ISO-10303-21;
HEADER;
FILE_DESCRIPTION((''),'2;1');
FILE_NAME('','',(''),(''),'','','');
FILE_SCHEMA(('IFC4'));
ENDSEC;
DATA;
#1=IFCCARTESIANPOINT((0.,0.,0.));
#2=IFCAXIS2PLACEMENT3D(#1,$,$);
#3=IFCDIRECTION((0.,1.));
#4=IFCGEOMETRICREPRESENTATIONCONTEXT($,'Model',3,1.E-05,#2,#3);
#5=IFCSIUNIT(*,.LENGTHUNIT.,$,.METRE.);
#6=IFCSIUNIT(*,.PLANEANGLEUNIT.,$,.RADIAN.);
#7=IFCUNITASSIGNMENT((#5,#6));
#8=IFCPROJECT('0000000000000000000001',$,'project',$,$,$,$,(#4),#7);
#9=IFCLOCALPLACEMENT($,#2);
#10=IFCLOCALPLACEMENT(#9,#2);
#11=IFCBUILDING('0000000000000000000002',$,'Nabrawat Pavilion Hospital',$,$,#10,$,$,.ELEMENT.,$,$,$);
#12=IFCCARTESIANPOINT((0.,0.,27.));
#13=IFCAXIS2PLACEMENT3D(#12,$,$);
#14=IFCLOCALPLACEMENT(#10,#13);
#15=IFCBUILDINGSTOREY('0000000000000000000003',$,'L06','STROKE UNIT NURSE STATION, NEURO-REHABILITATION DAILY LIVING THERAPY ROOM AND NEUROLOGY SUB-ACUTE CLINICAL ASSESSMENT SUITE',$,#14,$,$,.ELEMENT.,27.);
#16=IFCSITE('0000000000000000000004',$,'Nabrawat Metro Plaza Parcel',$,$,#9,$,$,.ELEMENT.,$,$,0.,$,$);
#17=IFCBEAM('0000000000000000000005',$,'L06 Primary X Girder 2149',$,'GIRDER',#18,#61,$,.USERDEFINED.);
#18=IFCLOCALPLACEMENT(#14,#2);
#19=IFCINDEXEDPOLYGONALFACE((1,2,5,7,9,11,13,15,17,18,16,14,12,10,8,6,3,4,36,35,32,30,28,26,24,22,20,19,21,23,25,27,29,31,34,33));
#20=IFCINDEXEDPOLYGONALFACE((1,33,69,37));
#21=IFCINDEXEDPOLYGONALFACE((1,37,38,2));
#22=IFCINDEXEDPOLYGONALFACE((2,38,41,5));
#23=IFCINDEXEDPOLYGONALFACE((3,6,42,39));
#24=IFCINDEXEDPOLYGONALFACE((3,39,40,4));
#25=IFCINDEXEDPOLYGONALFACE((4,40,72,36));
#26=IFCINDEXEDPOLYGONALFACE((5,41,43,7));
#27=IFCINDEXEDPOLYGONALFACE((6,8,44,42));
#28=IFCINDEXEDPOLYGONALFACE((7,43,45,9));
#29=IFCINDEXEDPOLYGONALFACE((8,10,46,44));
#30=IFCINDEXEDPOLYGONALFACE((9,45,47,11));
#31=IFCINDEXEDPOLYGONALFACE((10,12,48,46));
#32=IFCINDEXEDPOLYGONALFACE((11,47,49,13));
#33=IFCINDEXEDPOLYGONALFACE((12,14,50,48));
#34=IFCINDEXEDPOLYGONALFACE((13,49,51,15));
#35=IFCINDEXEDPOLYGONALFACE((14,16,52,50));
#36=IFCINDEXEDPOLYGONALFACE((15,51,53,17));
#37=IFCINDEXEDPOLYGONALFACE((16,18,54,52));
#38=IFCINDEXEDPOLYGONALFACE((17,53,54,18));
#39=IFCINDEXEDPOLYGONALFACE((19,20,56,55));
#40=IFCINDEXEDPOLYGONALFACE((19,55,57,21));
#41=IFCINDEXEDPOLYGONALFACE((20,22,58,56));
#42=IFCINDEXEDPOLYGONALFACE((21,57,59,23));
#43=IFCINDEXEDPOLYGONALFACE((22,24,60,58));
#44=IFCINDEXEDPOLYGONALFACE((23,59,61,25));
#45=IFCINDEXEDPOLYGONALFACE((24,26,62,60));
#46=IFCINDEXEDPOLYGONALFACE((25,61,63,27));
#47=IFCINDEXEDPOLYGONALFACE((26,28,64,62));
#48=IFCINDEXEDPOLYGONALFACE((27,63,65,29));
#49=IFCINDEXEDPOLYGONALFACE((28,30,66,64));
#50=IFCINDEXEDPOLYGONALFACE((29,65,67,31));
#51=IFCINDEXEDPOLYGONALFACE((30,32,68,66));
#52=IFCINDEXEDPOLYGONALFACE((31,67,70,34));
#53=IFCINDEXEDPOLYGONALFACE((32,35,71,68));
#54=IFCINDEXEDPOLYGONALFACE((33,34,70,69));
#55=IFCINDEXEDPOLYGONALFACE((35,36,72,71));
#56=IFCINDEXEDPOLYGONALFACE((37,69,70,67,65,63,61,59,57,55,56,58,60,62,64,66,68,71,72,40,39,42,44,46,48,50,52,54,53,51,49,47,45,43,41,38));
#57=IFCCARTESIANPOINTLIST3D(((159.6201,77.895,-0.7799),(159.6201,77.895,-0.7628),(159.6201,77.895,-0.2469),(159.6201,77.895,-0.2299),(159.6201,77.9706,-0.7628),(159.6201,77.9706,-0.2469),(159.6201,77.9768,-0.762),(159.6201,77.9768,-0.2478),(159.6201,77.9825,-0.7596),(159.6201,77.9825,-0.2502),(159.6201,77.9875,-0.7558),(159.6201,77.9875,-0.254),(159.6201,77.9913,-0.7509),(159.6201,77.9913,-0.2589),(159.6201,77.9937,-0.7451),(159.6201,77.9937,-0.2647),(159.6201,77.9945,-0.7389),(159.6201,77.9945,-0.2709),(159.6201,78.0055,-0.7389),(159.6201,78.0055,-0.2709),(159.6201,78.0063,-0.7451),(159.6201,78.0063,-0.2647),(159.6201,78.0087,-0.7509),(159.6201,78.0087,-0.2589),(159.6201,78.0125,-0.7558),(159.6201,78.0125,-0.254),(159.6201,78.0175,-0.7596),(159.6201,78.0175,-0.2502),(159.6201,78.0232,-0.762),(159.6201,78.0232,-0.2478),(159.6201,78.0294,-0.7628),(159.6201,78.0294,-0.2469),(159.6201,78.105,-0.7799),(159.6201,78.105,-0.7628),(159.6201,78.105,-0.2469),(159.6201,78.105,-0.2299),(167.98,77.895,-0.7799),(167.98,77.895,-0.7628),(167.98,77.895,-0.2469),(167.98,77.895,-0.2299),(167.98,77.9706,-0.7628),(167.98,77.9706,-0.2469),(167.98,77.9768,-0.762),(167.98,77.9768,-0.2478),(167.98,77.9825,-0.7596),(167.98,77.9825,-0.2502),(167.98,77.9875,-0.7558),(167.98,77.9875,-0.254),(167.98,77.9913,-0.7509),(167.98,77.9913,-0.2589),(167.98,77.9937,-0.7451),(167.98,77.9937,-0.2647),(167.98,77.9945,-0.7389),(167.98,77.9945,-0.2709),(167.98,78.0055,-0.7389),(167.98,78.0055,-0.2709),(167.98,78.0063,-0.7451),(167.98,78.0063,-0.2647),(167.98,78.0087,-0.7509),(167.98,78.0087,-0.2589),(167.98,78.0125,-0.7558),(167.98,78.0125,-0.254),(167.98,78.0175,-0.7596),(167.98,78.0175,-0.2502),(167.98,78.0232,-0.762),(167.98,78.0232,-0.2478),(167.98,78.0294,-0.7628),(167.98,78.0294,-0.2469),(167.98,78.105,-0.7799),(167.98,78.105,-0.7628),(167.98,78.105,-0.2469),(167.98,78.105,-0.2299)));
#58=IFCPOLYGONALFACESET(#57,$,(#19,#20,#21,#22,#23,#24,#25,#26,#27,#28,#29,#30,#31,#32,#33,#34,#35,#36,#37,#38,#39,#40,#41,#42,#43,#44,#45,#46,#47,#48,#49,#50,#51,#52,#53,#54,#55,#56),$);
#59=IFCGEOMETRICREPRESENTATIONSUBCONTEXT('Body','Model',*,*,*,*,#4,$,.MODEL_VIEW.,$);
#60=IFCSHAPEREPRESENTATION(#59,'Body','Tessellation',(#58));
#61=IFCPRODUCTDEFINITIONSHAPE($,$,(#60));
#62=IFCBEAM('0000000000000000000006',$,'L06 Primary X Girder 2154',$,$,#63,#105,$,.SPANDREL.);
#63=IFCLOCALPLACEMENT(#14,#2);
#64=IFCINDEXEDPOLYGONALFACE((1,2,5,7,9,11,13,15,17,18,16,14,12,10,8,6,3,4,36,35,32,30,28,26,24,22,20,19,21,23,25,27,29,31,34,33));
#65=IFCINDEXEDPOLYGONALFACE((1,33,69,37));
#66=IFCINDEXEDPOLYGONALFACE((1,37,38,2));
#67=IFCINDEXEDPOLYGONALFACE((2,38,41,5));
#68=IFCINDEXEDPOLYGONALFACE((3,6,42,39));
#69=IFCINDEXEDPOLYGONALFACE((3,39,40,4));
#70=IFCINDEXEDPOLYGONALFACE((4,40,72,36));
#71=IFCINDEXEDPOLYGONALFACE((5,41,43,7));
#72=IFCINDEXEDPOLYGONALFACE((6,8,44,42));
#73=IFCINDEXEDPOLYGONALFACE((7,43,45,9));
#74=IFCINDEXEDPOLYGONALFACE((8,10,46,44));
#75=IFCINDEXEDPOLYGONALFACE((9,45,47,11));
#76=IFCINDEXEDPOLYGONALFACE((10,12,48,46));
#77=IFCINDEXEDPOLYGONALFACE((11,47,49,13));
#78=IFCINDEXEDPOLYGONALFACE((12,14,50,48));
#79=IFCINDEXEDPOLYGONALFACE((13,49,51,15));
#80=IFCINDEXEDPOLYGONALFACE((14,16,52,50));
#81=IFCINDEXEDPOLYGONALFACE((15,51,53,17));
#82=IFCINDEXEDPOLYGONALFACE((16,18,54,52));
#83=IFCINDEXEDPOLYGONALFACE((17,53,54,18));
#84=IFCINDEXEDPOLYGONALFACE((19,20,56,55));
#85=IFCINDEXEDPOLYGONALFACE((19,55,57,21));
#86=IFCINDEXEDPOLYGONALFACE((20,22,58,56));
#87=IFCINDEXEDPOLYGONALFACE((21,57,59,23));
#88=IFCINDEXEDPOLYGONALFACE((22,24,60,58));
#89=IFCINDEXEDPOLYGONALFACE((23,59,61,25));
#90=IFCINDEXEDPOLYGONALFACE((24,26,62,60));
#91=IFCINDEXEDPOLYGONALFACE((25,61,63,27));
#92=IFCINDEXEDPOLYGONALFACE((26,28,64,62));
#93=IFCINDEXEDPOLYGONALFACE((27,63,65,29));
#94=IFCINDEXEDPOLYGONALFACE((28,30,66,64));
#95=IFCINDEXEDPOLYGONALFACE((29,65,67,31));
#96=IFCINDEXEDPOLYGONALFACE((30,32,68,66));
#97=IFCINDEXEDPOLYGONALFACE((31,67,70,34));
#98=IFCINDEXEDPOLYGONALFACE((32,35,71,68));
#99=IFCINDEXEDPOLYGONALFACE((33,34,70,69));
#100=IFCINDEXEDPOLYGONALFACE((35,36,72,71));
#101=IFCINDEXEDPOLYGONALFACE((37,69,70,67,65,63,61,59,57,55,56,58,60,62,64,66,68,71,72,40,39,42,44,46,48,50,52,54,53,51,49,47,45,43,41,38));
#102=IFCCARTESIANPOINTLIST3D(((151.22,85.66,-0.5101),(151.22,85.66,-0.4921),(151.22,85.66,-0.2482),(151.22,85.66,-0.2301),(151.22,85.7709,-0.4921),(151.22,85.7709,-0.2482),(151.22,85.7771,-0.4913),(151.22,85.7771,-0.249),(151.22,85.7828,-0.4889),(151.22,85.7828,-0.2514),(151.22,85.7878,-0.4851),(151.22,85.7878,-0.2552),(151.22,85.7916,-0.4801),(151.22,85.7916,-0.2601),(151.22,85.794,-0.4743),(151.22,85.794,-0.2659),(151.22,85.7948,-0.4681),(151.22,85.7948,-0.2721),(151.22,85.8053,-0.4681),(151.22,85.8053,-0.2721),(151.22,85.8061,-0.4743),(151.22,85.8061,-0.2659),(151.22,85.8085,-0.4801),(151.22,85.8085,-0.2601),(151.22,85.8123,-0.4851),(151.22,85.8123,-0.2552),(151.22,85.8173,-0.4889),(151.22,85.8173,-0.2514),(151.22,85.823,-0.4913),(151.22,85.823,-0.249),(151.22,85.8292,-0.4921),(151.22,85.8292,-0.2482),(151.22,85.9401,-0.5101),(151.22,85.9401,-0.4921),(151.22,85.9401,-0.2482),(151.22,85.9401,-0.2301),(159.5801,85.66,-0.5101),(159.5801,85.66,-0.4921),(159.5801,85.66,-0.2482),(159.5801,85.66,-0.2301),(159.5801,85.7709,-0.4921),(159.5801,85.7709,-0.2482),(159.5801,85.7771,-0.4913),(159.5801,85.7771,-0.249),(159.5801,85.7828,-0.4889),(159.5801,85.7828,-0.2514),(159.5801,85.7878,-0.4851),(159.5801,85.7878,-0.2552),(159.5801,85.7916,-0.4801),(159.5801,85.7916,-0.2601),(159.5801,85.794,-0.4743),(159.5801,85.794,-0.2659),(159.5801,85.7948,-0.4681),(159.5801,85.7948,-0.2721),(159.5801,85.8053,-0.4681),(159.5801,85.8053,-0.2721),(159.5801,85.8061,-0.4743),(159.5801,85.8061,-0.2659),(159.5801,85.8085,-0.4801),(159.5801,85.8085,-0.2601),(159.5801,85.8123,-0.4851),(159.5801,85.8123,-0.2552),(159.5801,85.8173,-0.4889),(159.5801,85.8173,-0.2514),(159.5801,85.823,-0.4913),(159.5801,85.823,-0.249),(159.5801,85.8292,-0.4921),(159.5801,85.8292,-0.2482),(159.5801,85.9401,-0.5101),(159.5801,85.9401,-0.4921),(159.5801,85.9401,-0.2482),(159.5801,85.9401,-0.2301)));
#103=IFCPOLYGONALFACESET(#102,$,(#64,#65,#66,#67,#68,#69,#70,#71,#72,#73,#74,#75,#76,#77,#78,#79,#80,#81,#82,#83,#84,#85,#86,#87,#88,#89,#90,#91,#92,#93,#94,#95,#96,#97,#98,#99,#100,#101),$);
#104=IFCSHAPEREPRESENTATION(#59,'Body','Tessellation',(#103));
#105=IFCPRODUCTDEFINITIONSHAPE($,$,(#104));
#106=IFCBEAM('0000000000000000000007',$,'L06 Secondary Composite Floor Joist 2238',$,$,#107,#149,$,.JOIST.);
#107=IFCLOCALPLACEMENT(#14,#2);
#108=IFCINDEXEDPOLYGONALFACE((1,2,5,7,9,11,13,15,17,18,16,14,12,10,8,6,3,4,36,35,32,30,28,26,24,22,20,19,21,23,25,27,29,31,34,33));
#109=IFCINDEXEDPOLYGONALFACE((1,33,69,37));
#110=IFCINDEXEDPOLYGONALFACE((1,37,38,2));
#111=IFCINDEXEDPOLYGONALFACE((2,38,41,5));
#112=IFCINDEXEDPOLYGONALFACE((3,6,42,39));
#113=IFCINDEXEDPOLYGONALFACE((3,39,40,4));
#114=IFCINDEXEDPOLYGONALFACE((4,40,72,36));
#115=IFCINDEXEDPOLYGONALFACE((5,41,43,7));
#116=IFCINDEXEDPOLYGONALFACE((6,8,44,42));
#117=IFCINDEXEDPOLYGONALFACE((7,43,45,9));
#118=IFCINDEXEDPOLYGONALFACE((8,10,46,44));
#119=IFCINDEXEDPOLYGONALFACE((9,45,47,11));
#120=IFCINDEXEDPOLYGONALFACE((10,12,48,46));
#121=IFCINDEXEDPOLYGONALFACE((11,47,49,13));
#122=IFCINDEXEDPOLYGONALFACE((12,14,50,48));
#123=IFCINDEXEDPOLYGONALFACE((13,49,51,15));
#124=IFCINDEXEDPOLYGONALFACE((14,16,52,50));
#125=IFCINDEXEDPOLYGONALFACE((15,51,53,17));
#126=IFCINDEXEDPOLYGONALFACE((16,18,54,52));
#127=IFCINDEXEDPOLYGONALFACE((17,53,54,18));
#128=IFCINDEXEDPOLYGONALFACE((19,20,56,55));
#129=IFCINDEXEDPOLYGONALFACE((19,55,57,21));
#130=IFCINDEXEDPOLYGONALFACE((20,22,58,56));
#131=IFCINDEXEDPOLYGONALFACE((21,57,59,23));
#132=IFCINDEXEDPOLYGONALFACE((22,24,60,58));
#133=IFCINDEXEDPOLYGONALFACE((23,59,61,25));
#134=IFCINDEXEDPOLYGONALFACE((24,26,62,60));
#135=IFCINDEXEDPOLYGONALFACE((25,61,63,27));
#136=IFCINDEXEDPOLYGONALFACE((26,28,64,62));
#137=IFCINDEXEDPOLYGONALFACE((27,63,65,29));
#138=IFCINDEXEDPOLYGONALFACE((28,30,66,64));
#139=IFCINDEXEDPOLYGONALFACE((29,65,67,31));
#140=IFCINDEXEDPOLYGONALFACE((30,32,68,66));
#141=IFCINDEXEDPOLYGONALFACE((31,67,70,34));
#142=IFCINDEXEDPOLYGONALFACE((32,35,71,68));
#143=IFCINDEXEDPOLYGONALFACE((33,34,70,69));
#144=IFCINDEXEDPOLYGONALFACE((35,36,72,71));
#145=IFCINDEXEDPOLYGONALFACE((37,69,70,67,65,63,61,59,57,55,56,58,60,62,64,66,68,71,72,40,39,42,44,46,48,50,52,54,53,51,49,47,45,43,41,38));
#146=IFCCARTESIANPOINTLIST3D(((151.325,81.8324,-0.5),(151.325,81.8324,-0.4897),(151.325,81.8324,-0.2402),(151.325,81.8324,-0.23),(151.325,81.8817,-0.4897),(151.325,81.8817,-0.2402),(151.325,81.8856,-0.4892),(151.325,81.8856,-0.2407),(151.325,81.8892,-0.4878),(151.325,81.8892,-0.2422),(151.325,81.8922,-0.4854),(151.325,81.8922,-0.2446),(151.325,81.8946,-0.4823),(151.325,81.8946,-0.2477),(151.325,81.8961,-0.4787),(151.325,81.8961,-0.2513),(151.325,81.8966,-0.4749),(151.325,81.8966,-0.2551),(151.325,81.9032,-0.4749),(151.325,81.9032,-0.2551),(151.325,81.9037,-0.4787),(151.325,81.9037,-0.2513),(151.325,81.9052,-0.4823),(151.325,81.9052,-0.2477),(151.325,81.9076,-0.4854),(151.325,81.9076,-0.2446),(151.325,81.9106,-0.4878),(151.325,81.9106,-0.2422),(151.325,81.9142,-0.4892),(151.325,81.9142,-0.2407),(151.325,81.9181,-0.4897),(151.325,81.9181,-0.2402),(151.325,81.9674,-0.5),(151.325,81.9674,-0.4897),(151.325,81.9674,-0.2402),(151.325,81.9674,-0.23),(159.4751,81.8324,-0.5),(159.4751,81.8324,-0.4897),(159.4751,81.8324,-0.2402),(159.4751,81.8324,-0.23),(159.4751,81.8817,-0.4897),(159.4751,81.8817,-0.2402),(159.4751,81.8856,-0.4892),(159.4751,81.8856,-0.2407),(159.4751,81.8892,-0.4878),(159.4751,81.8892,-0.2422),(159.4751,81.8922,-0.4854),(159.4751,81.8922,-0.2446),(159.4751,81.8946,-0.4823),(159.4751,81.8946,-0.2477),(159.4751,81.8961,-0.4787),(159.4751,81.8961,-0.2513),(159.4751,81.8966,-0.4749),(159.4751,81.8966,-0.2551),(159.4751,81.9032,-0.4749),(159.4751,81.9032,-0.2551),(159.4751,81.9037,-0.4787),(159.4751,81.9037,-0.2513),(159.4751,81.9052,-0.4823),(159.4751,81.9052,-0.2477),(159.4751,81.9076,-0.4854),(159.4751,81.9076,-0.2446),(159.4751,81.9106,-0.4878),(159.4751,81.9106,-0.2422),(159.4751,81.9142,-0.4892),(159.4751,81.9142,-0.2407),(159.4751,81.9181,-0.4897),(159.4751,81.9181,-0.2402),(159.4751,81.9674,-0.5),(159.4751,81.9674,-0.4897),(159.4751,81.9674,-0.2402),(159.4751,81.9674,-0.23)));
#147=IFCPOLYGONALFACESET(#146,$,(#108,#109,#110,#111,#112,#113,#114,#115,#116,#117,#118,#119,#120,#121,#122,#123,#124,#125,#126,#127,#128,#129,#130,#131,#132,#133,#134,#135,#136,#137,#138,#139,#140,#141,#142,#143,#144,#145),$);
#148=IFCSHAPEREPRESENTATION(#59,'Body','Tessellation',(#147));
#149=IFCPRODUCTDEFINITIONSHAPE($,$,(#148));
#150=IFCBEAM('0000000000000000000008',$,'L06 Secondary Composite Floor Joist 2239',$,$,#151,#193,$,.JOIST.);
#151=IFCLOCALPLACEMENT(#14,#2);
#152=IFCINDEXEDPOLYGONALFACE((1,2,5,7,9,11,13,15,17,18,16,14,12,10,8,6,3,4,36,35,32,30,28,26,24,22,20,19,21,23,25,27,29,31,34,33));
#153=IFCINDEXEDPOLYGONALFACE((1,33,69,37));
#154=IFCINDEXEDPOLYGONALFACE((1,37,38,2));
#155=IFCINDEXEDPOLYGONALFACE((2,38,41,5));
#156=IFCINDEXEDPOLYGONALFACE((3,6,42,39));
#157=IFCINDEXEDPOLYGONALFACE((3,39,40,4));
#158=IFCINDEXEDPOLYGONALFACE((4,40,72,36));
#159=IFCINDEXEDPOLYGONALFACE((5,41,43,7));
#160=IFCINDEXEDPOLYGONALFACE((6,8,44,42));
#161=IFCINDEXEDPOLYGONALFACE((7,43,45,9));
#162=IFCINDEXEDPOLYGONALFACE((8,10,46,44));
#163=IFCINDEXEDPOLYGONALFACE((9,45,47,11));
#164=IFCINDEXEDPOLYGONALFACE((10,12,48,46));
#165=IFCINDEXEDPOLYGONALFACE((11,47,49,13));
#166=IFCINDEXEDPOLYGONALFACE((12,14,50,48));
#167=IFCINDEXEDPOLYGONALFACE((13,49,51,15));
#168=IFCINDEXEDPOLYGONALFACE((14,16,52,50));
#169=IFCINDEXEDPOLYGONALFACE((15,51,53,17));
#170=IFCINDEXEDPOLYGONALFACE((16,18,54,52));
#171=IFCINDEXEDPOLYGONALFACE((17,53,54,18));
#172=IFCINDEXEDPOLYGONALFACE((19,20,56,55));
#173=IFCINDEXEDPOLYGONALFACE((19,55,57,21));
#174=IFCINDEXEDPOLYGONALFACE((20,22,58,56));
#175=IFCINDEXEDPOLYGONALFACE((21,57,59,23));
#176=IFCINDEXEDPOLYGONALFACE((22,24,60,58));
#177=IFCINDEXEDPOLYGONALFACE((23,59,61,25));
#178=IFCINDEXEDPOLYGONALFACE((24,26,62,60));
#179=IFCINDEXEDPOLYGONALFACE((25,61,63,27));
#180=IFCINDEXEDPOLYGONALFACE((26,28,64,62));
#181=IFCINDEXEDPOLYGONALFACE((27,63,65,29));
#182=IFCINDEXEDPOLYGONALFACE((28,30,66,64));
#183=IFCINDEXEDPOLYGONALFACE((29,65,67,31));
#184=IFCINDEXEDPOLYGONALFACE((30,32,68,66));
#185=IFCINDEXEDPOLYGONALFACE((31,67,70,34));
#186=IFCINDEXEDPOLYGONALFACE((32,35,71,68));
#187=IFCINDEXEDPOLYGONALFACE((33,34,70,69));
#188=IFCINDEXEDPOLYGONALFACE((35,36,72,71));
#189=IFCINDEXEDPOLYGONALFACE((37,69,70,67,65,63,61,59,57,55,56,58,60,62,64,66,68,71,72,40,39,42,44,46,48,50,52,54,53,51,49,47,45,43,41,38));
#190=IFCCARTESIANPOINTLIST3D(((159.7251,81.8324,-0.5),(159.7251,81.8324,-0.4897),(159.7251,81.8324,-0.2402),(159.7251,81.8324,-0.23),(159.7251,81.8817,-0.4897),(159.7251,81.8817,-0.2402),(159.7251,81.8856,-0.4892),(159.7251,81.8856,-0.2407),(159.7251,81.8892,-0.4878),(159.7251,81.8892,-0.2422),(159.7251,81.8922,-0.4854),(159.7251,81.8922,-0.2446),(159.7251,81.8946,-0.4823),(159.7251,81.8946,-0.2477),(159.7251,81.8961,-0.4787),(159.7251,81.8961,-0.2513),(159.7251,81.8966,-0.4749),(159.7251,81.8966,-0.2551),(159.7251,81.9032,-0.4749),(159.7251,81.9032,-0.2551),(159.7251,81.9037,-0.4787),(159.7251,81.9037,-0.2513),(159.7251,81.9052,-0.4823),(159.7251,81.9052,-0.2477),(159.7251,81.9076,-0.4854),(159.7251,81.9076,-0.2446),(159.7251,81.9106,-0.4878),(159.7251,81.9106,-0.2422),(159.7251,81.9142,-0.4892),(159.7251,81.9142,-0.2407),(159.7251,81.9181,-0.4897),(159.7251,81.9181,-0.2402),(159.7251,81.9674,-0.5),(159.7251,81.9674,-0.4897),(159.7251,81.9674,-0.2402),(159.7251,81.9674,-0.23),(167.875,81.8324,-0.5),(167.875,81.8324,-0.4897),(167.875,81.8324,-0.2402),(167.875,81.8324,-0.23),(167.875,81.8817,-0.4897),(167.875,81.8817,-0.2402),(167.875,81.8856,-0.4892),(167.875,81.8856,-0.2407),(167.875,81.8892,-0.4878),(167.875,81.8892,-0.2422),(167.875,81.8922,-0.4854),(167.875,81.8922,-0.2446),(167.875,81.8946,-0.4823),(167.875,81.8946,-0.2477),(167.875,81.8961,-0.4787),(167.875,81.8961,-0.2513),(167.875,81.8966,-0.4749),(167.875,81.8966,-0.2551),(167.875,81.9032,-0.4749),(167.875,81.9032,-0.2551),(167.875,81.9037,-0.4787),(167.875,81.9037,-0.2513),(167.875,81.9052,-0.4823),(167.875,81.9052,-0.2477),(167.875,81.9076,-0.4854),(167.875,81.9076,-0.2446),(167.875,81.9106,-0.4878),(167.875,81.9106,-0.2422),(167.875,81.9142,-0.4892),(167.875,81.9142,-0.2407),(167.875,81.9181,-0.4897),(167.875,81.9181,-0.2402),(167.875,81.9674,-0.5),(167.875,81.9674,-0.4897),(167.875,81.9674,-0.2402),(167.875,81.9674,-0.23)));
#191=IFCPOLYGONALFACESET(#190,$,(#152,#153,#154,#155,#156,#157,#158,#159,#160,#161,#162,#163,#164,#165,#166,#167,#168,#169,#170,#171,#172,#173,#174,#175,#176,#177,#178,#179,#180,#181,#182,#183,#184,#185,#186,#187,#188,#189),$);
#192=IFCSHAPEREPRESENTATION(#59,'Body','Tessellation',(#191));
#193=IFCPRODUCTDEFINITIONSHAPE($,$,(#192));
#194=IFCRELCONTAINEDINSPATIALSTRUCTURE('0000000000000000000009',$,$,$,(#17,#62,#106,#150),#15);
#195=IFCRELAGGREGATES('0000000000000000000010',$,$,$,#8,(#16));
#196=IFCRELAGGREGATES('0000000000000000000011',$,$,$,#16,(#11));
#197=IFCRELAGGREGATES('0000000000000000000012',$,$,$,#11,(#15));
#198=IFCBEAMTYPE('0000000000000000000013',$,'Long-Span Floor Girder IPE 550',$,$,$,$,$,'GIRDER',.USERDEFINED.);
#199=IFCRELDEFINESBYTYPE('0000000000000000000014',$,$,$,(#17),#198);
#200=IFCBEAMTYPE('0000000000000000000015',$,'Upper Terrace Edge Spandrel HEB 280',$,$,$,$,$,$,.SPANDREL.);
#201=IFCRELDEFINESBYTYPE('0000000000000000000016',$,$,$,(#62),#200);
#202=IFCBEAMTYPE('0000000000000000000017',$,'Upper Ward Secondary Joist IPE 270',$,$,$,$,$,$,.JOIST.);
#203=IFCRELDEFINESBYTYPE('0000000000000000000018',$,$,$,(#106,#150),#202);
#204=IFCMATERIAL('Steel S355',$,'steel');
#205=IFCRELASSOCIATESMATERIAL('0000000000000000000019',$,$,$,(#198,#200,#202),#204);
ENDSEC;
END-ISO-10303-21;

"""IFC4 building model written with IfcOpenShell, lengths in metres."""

from ifc_helpers import new_model, si_unit, direction, frame, origin, origin_2d, place, context, subcontext, project, spatial, i_section, extrude, material, material_profile, profile_set, type_object, element, save


model = new_model("IFC4")

# Units and contexts
model_context = context("Model", 3, precision=1e-05, world=origin(), true_north=direction((0.0, 1.0)))
body_context = subcontext(model_context, "Body", "Model", "MODEL_VIEW")
ifc_project = project(units=[si_unit("LENGTHUNIT", "METRE"), si_unit("PLANEANGLEUNIT", "RADIAN")], contexts=[model_context])

# Site, building, storey
site_placement = place(None, origin())
site = spatial("IfcSite", under=ifc_project, at=site_placement, Name="Nabrawat Metro Plaza Parcel", CompositionType="ELEMENT", RefElevation=0.0)
building_placement = place(site_placement, origin())
building = spatial("IfcBuilding", under=site, at=building_placement, Name="Nabrawat Pavilion Hospital", CompositionType="ELEMENT")
storey_placement = place(building_placement, frame((0.0, 0.0, 27.0)))
storey = spatial("IfcBuildingStorey", under=building, at=storey_placement, Name="L06", Description="STROKE UNIT NURSE STATION, NEURO-REHABILITATION DAILY LIVING THERAPY ROOM AND NEUROLOGY SUB-ACUTE CLINICAL ASSESSMENT SUITE", CompositionType="ELEMENT", Elevation=27.0)

# Beams
ifc_material_1 = material(Name="Steel S355", Category="steel")
ifc_material_profile_1 = material_profile(ifc_material_1, i_section(OverallWidth=0.21, OverallDepth=0.55, WebThickness=0.011, FlangeThickness=0.0171, FilletRadius=0.0239, at=origin_2d()), Name="IPE 550")
ifc_profile_set_1 = profile_set([ifc_material_profile_1], Name="Steel S355")
beam_type_1 = type_object("IfcBeamType", Name="Long-Span Floor Girder IPE 550", ElementType="GIRDER", PredefinedType="USERDEFINED", material=ifc_profile_set_1)
beam_1_placement = place(storey_placement, frame((159.6201, 78.0, -0.5049), z_axis=(1.0, 0.0, 0.0), x_axis=(0.0, 1.0, 0.0)))
element("IfcBeam", 1, at=beam_1_placement, inside=storey, type_object=beam_type_1, Name="L06 Primary X Girder 2149", ObjectType="GIRDER", PredefinedType="USERDEFINED", context=body_context, shape_type="SweptSolid", body=[
    extrude(i_section(OverallWidth=0.21, OverallDepth=0.55, WebThickness=0.011, FlangeThickness=0.0171, FilletRadius=0.0239, at=origin_2d()), origin(), (0.0, 0.0, 1.0), 8.3599),
])
ifc_material_profile_2 = material_profile(ifc_material_1, i_section(OverallWidth=0.28, OverallDepth=0.28, WebThickness=0.0105, FlangeThickness=0.0181, FilletRadius=0.0239, at=origin_2d()), Name="HEB 280")
ifc_profile_set_2 = profile_set([ifc_material_profile_2], Name="Steel S355")
beam_type_2 = type_object("IfcBeamType", Name="Upper Terrace Edge Spandrel HEB 280", PredefinedType="SPANDREL", material=ifc_profile_set_2)
beam_2_placement = place(storey_placement, frame((151.22, 85.8, -0.3701), z_axis=(1.0, 0.0, 0.0), x_axis=(0.0, 1.0, 0.0)))
element("IfcBeam", 2, at=beam_2_placement, inside=storey, type_object=beam_type_2, Name="L06 Primary X Girder 2154", PredefinedType="SPANDREL", context=body_context, shape_type="SweptSolid", body=[
    extrude(i_section(OverallWidth=0.28, OverallDepth=0.28, WebThickness=0.0105, FlangeThickness=0.0181, FilletRadius=0.0239, at=origin_2d()), origin(), (0.0, 0.0, 1.0), 8.3601),
])
ifc_material_profile_3 = material_profile(ifc_material_1, i_section(OverallWidth=0.135, OverallDepth=0.27, WebThickness=0.0066, FlangeThickness=0.0103, FilletRadius=0.0149, at=origin_2d()), Name="IPE 270")
ifc_profile_set_3 = profile_set([ifc_material_profile_3], Name="Steel S355")
beam_type_3 = type_object("IfcBeamType", Name="Upper Ward Secondary Joist IPE 270", PredefinedType="JOIST", material=ifc_profile_set_3)
beam_3_placement = place(storey_placement, frame((151.325, 81.8999, -0.365), z_axis=(1.0, 0.0, 0.0), x_axis=(0.0, 1.0, 0.0)))
element("IfcBeam", 3, at=beam_3_placement, inside=storey, type_object=beam_type_3, Name="L06 Secondary Composite Floor Joist 2238", PredefinedType="JOIST", context=body_context, shape_type="SweptSolid", body=[
    extrude(i_section(OverallWidth=0.135, OverallDepth=0.27, WebThickness=0.0066, FlangeThickness=0.0103, FilletRadius=0.0149, at=origin_2d()), origin(), (0.0, 0.0, 1.0), 8.1501),
])
beam_4_placement = place(storey_placement, frame((159.7251, 81.8999, -0.365), z_axis=(1.0, 0.0, 0.0), x_axis=(0.0, 1.0, 0.0)))
element("IfcBeam", 4, at=beam_4_placement, inside=storey, type_object=beam_type_3, Name="L06 Secondary Composite Floor Joist 2239", PredefinedType="JOIST", context=body_context, shape_type="SweptSolid", body=[
    extrude(i_section(OverallWidth=0.135, OverallDepth=0.27, WebThickness=0.0066, FlangeThickness=0.0103, FilletRadius=0.0149, at=origin_2d()), origin(), (0.0, 0.0, 1.0), 8.1499),
])

save(model, "model.ifc")
